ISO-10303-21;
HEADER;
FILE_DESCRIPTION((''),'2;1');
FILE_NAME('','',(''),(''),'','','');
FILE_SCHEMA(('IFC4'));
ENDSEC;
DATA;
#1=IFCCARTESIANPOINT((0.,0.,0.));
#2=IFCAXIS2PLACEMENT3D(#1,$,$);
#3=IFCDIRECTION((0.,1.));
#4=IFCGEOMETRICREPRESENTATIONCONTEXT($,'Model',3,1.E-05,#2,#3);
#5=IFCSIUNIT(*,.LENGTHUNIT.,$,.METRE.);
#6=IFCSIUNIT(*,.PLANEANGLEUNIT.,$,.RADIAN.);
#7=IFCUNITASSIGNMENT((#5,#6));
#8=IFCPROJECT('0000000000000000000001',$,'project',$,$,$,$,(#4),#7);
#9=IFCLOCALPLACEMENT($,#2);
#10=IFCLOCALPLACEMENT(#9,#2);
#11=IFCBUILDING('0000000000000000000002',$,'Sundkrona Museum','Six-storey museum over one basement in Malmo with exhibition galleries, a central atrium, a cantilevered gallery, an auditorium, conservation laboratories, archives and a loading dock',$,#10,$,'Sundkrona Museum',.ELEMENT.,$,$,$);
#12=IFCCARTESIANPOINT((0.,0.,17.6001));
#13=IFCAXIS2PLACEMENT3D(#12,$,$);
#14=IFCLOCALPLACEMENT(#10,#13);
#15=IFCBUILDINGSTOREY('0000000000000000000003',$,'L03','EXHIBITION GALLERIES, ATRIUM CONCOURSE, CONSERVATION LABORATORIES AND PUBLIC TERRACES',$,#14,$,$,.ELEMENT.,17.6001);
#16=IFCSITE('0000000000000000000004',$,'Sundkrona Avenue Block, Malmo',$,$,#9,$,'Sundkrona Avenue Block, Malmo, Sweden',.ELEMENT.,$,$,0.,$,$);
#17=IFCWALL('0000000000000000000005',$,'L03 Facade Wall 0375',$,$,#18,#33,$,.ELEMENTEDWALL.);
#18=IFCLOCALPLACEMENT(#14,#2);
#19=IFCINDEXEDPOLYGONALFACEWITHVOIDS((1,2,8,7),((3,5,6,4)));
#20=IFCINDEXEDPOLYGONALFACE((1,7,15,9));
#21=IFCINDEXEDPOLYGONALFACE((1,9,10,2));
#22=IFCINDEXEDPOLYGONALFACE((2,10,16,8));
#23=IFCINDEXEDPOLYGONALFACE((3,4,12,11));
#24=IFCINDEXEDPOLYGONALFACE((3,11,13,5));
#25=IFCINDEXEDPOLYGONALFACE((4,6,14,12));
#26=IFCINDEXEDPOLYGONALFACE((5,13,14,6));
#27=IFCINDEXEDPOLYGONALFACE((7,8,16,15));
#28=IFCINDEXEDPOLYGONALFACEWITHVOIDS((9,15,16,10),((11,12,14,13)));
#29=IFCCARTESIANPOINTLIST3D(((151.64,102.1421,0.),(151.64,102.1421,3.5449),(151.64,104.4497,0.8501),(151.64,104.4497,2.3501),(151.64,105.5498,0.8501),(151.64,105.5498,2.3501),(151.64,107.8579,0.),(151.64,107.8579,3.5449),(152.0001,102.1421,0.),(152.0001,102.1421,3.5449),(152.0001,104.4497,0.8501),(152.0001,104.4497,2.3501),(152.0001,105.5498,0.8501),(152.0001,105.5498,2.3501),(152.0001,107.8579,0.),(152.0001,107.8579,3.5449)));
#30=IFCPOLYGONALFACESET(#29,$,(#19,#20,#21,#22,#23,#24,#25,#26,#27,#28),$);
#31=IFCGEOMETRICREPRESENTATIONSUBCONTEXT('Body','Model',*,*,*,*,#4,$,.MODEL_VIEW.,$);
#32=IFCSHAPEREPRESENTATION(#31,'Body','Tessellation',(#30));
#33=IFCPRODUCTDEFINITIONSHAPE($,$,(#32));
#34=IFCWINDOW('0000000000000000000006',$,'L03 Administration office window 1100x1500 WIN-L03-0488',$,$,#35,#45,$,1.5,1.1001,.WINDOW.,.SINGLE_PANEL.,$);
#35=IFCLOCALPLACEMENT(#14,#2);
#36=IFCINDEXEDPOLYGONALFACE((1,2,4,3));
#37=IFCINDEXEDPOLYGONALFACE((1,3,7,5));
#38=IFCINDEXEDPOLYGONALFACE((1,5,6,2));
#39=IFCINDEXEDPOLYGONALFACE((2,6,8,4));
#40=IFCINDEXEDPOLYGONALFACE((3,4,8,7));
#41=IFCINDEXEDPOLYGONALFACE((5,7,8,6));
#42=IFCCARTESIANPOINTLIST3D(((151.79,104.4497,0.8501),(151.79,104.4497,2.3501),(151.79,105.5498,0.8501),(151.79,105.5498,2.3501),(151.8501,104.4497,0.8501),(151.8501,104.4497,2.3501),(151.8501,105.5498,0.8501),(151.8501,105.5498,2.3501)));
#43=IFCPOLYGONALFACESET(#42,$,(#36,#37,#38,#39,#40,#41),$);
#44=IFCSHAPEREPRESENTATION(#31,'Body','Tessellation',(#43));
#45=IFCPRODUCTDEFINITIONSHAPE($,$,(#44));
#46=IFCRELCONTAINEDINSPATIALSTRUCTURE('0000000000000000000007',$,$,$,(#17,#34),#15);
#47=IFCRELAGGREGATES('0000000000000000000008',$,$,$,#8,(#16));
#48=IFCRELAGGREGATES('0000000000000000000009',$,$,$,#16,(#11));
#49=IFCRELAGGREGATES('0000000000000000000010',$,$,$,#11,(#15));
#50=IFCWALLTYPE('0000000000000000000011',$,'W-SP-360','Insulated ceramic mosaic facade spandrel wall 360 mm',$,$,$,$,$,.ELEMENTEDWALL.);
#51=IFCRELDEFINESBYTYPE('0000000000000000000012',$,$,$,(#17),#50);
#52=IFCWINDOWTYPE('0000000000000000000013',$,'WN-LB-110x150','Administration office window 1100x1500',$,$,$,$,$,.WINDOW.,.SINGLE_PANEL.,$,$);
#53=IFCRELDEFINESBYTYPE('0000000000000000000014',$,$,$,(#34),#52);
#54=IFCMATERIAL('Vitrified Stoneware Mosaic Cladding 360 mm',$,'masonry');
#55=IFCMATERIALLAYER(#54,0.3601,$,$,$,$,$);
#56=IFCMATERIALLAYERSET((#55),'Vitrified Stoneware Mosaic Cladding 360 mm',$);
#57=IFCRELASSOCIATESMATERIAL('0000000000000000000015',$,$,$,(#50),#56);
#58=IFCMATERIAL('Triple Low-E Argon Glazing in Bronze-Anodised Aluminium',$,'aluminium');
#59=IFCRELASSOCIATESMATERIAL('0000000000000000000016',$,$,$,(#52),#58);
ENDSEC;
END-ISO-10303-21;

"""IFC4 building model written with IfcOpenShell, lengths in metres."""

from ifc_helpers import new_model, si_unit, direction, frame, frame_2d, origin, place, context, subcontext, project, spatial, rectangle, extrude, material, layer, layer_set, type_object, element, fill, save


model = new_model("IFC4")

# Units and contexts
model_context = context("Model", 3, precision=1e-05, world=origin(), true_north=direction((0.0, 1.0)))
body_context = subcontext(model_context, "Body", "Model", "MODEL_VIEW")
ifc_project = project(units=[si_unit("LENGTHUNIT", "METRE"), si_unit("PLANEANGLEUNIT", "RADIAN")], contexts=[model_context])

# Site, building, storey
site_placement = place(None, origin())
site = spatial("IfcSite", under=ifc_project, at=site_placement, Name="Sundkrona Avenue Block, Malmo", LongName="Sundkrona Avenue Block, Malmo, Sweden", CompositionType="ELEMENT", RefElevation=0.0)
building_placement = place(site_placement, origin())
building = spatial("IfcBuilding", under=site, at=building_placement, Name="Sundkrona Museum", Description="Six-storey museum over one basement in Malmo with exhibition galleries, a central atrium, a cantilevered gallery, an auditorium, conservation laboratories, archives and a loading dock", LongName="Sundkrona Museum", CompositionType="ELEMENT")
storey_placement = place(building_placement, frame((0.0, 0.0, 17.6001)))
storey = spatial("IfcBuildingStorey", under=building, at=storey_placement, Name="L03", Description="EXHIBITION GALLERIES, ATRIUM CONCOURSE, CONSERVATION LABORATORIES AND PUBLIC TERRACES", CompositionType="ELEMENT", Elevation=17.6001)

# Shared definitions
ifc_material_1 = material(Name="Vitrified Stoneware Mosaic Cladding 360 mm", Category="masonry")
ifc_layer_1 = layer(ifc_material_1, 0.3601)
ifc_layer_set_1 = layer_set([ifc_layer_1], Name="Vitrified Stoneware Mosaic Cladding 360 mm")
wall_type_1 = type_object("IfcWallType", Name="W-SP-360", Description="Insulated ceramic mosaic facade spandrel wall 360 mm", PredefinedType="ELEMENTEDWALL", material=ifc_layer_set_1)

# Wall, opening, window
wall_1_placement = place(storey_placement, frame((151.8201, 107.8579, 0.0), z_axis=(0.0, 0.0, 1.0), x_axis=(0.0, -1.0, 0.0)))
wall_1 = element("IfcWall", 1, at=wall_1_placement, inside=storey, type_object=wall_type_1, Name="L03 Facade Wall 0375", PredefinedType="ELEMENTEDWALL", context=body_context, shape_type="SweptSolid", body=[
    extrude(rectangle(XDim=5.7158, YDim=0.3601, at=frame_2d((2.8579, 0.0))), origin(), (0.0, 0.0, 1.0), 3.5449),
])
opening_1_placement = place(wall_1_placement, frame((2.3081, 0.0, 0.8501)))
opening_1 = element("IfcOpeningElement", 2, at=opening_1_placement, cuts=wall_1, PredefinedType="OPENING", context=body_context, shape_type="SweptSolid", body=[
    extrude(rectangle(XDim=1.1001, YDim=1.5, at=frame_2d((0.55, 0.75))), frame((0.0, 0.1899, 0.0), z_axis=(0.0, -1.0, 0.0), x_axis=(1.0, 0.0, 0.0)), (0.0, 0.0, 1.0), 0.3801),
])
ifc_material_2 = material(Name="Triple Low-E Argon Glazing in Bronze-Anodised Aluminium", Category="aluminium")
window_type = type_object("IfcWindowType", Name="WN-LB-110x150", Description="Administration office window 1100x1500", PartitioningType="SINGLE_PANEL", PredefinedType="WINDOW", material=ifc_material_2)
window_placement = place(opening_1_placement, origin())
window = element("IfcWindow", 3, at=window_placement, inside=storey, type_object=window_type, Name="L03 Administration office window 1100x1500 WIN-L03-0488", OverallHeight=1.5, OverallWidth=1.1001, PartitioningType="SINGLE_PANEL", PredefinedType="WINDOW", context=body_context, shape_type="SweptSolid", body=[
    extrude(rectangle(XDim=1.1001, YDim=1.5, at=frame_2d((0.55, 0.75))), frame((0.0, 0.03, 0.0), z_axis=(0.0, -1.0, 0.0), x_axis=(1.0, 0.0, 0.0)), (0.0, 0.0, 1.0), 0.0601),
])
fill(opening_1, window)

save(model, "model.ifc")
